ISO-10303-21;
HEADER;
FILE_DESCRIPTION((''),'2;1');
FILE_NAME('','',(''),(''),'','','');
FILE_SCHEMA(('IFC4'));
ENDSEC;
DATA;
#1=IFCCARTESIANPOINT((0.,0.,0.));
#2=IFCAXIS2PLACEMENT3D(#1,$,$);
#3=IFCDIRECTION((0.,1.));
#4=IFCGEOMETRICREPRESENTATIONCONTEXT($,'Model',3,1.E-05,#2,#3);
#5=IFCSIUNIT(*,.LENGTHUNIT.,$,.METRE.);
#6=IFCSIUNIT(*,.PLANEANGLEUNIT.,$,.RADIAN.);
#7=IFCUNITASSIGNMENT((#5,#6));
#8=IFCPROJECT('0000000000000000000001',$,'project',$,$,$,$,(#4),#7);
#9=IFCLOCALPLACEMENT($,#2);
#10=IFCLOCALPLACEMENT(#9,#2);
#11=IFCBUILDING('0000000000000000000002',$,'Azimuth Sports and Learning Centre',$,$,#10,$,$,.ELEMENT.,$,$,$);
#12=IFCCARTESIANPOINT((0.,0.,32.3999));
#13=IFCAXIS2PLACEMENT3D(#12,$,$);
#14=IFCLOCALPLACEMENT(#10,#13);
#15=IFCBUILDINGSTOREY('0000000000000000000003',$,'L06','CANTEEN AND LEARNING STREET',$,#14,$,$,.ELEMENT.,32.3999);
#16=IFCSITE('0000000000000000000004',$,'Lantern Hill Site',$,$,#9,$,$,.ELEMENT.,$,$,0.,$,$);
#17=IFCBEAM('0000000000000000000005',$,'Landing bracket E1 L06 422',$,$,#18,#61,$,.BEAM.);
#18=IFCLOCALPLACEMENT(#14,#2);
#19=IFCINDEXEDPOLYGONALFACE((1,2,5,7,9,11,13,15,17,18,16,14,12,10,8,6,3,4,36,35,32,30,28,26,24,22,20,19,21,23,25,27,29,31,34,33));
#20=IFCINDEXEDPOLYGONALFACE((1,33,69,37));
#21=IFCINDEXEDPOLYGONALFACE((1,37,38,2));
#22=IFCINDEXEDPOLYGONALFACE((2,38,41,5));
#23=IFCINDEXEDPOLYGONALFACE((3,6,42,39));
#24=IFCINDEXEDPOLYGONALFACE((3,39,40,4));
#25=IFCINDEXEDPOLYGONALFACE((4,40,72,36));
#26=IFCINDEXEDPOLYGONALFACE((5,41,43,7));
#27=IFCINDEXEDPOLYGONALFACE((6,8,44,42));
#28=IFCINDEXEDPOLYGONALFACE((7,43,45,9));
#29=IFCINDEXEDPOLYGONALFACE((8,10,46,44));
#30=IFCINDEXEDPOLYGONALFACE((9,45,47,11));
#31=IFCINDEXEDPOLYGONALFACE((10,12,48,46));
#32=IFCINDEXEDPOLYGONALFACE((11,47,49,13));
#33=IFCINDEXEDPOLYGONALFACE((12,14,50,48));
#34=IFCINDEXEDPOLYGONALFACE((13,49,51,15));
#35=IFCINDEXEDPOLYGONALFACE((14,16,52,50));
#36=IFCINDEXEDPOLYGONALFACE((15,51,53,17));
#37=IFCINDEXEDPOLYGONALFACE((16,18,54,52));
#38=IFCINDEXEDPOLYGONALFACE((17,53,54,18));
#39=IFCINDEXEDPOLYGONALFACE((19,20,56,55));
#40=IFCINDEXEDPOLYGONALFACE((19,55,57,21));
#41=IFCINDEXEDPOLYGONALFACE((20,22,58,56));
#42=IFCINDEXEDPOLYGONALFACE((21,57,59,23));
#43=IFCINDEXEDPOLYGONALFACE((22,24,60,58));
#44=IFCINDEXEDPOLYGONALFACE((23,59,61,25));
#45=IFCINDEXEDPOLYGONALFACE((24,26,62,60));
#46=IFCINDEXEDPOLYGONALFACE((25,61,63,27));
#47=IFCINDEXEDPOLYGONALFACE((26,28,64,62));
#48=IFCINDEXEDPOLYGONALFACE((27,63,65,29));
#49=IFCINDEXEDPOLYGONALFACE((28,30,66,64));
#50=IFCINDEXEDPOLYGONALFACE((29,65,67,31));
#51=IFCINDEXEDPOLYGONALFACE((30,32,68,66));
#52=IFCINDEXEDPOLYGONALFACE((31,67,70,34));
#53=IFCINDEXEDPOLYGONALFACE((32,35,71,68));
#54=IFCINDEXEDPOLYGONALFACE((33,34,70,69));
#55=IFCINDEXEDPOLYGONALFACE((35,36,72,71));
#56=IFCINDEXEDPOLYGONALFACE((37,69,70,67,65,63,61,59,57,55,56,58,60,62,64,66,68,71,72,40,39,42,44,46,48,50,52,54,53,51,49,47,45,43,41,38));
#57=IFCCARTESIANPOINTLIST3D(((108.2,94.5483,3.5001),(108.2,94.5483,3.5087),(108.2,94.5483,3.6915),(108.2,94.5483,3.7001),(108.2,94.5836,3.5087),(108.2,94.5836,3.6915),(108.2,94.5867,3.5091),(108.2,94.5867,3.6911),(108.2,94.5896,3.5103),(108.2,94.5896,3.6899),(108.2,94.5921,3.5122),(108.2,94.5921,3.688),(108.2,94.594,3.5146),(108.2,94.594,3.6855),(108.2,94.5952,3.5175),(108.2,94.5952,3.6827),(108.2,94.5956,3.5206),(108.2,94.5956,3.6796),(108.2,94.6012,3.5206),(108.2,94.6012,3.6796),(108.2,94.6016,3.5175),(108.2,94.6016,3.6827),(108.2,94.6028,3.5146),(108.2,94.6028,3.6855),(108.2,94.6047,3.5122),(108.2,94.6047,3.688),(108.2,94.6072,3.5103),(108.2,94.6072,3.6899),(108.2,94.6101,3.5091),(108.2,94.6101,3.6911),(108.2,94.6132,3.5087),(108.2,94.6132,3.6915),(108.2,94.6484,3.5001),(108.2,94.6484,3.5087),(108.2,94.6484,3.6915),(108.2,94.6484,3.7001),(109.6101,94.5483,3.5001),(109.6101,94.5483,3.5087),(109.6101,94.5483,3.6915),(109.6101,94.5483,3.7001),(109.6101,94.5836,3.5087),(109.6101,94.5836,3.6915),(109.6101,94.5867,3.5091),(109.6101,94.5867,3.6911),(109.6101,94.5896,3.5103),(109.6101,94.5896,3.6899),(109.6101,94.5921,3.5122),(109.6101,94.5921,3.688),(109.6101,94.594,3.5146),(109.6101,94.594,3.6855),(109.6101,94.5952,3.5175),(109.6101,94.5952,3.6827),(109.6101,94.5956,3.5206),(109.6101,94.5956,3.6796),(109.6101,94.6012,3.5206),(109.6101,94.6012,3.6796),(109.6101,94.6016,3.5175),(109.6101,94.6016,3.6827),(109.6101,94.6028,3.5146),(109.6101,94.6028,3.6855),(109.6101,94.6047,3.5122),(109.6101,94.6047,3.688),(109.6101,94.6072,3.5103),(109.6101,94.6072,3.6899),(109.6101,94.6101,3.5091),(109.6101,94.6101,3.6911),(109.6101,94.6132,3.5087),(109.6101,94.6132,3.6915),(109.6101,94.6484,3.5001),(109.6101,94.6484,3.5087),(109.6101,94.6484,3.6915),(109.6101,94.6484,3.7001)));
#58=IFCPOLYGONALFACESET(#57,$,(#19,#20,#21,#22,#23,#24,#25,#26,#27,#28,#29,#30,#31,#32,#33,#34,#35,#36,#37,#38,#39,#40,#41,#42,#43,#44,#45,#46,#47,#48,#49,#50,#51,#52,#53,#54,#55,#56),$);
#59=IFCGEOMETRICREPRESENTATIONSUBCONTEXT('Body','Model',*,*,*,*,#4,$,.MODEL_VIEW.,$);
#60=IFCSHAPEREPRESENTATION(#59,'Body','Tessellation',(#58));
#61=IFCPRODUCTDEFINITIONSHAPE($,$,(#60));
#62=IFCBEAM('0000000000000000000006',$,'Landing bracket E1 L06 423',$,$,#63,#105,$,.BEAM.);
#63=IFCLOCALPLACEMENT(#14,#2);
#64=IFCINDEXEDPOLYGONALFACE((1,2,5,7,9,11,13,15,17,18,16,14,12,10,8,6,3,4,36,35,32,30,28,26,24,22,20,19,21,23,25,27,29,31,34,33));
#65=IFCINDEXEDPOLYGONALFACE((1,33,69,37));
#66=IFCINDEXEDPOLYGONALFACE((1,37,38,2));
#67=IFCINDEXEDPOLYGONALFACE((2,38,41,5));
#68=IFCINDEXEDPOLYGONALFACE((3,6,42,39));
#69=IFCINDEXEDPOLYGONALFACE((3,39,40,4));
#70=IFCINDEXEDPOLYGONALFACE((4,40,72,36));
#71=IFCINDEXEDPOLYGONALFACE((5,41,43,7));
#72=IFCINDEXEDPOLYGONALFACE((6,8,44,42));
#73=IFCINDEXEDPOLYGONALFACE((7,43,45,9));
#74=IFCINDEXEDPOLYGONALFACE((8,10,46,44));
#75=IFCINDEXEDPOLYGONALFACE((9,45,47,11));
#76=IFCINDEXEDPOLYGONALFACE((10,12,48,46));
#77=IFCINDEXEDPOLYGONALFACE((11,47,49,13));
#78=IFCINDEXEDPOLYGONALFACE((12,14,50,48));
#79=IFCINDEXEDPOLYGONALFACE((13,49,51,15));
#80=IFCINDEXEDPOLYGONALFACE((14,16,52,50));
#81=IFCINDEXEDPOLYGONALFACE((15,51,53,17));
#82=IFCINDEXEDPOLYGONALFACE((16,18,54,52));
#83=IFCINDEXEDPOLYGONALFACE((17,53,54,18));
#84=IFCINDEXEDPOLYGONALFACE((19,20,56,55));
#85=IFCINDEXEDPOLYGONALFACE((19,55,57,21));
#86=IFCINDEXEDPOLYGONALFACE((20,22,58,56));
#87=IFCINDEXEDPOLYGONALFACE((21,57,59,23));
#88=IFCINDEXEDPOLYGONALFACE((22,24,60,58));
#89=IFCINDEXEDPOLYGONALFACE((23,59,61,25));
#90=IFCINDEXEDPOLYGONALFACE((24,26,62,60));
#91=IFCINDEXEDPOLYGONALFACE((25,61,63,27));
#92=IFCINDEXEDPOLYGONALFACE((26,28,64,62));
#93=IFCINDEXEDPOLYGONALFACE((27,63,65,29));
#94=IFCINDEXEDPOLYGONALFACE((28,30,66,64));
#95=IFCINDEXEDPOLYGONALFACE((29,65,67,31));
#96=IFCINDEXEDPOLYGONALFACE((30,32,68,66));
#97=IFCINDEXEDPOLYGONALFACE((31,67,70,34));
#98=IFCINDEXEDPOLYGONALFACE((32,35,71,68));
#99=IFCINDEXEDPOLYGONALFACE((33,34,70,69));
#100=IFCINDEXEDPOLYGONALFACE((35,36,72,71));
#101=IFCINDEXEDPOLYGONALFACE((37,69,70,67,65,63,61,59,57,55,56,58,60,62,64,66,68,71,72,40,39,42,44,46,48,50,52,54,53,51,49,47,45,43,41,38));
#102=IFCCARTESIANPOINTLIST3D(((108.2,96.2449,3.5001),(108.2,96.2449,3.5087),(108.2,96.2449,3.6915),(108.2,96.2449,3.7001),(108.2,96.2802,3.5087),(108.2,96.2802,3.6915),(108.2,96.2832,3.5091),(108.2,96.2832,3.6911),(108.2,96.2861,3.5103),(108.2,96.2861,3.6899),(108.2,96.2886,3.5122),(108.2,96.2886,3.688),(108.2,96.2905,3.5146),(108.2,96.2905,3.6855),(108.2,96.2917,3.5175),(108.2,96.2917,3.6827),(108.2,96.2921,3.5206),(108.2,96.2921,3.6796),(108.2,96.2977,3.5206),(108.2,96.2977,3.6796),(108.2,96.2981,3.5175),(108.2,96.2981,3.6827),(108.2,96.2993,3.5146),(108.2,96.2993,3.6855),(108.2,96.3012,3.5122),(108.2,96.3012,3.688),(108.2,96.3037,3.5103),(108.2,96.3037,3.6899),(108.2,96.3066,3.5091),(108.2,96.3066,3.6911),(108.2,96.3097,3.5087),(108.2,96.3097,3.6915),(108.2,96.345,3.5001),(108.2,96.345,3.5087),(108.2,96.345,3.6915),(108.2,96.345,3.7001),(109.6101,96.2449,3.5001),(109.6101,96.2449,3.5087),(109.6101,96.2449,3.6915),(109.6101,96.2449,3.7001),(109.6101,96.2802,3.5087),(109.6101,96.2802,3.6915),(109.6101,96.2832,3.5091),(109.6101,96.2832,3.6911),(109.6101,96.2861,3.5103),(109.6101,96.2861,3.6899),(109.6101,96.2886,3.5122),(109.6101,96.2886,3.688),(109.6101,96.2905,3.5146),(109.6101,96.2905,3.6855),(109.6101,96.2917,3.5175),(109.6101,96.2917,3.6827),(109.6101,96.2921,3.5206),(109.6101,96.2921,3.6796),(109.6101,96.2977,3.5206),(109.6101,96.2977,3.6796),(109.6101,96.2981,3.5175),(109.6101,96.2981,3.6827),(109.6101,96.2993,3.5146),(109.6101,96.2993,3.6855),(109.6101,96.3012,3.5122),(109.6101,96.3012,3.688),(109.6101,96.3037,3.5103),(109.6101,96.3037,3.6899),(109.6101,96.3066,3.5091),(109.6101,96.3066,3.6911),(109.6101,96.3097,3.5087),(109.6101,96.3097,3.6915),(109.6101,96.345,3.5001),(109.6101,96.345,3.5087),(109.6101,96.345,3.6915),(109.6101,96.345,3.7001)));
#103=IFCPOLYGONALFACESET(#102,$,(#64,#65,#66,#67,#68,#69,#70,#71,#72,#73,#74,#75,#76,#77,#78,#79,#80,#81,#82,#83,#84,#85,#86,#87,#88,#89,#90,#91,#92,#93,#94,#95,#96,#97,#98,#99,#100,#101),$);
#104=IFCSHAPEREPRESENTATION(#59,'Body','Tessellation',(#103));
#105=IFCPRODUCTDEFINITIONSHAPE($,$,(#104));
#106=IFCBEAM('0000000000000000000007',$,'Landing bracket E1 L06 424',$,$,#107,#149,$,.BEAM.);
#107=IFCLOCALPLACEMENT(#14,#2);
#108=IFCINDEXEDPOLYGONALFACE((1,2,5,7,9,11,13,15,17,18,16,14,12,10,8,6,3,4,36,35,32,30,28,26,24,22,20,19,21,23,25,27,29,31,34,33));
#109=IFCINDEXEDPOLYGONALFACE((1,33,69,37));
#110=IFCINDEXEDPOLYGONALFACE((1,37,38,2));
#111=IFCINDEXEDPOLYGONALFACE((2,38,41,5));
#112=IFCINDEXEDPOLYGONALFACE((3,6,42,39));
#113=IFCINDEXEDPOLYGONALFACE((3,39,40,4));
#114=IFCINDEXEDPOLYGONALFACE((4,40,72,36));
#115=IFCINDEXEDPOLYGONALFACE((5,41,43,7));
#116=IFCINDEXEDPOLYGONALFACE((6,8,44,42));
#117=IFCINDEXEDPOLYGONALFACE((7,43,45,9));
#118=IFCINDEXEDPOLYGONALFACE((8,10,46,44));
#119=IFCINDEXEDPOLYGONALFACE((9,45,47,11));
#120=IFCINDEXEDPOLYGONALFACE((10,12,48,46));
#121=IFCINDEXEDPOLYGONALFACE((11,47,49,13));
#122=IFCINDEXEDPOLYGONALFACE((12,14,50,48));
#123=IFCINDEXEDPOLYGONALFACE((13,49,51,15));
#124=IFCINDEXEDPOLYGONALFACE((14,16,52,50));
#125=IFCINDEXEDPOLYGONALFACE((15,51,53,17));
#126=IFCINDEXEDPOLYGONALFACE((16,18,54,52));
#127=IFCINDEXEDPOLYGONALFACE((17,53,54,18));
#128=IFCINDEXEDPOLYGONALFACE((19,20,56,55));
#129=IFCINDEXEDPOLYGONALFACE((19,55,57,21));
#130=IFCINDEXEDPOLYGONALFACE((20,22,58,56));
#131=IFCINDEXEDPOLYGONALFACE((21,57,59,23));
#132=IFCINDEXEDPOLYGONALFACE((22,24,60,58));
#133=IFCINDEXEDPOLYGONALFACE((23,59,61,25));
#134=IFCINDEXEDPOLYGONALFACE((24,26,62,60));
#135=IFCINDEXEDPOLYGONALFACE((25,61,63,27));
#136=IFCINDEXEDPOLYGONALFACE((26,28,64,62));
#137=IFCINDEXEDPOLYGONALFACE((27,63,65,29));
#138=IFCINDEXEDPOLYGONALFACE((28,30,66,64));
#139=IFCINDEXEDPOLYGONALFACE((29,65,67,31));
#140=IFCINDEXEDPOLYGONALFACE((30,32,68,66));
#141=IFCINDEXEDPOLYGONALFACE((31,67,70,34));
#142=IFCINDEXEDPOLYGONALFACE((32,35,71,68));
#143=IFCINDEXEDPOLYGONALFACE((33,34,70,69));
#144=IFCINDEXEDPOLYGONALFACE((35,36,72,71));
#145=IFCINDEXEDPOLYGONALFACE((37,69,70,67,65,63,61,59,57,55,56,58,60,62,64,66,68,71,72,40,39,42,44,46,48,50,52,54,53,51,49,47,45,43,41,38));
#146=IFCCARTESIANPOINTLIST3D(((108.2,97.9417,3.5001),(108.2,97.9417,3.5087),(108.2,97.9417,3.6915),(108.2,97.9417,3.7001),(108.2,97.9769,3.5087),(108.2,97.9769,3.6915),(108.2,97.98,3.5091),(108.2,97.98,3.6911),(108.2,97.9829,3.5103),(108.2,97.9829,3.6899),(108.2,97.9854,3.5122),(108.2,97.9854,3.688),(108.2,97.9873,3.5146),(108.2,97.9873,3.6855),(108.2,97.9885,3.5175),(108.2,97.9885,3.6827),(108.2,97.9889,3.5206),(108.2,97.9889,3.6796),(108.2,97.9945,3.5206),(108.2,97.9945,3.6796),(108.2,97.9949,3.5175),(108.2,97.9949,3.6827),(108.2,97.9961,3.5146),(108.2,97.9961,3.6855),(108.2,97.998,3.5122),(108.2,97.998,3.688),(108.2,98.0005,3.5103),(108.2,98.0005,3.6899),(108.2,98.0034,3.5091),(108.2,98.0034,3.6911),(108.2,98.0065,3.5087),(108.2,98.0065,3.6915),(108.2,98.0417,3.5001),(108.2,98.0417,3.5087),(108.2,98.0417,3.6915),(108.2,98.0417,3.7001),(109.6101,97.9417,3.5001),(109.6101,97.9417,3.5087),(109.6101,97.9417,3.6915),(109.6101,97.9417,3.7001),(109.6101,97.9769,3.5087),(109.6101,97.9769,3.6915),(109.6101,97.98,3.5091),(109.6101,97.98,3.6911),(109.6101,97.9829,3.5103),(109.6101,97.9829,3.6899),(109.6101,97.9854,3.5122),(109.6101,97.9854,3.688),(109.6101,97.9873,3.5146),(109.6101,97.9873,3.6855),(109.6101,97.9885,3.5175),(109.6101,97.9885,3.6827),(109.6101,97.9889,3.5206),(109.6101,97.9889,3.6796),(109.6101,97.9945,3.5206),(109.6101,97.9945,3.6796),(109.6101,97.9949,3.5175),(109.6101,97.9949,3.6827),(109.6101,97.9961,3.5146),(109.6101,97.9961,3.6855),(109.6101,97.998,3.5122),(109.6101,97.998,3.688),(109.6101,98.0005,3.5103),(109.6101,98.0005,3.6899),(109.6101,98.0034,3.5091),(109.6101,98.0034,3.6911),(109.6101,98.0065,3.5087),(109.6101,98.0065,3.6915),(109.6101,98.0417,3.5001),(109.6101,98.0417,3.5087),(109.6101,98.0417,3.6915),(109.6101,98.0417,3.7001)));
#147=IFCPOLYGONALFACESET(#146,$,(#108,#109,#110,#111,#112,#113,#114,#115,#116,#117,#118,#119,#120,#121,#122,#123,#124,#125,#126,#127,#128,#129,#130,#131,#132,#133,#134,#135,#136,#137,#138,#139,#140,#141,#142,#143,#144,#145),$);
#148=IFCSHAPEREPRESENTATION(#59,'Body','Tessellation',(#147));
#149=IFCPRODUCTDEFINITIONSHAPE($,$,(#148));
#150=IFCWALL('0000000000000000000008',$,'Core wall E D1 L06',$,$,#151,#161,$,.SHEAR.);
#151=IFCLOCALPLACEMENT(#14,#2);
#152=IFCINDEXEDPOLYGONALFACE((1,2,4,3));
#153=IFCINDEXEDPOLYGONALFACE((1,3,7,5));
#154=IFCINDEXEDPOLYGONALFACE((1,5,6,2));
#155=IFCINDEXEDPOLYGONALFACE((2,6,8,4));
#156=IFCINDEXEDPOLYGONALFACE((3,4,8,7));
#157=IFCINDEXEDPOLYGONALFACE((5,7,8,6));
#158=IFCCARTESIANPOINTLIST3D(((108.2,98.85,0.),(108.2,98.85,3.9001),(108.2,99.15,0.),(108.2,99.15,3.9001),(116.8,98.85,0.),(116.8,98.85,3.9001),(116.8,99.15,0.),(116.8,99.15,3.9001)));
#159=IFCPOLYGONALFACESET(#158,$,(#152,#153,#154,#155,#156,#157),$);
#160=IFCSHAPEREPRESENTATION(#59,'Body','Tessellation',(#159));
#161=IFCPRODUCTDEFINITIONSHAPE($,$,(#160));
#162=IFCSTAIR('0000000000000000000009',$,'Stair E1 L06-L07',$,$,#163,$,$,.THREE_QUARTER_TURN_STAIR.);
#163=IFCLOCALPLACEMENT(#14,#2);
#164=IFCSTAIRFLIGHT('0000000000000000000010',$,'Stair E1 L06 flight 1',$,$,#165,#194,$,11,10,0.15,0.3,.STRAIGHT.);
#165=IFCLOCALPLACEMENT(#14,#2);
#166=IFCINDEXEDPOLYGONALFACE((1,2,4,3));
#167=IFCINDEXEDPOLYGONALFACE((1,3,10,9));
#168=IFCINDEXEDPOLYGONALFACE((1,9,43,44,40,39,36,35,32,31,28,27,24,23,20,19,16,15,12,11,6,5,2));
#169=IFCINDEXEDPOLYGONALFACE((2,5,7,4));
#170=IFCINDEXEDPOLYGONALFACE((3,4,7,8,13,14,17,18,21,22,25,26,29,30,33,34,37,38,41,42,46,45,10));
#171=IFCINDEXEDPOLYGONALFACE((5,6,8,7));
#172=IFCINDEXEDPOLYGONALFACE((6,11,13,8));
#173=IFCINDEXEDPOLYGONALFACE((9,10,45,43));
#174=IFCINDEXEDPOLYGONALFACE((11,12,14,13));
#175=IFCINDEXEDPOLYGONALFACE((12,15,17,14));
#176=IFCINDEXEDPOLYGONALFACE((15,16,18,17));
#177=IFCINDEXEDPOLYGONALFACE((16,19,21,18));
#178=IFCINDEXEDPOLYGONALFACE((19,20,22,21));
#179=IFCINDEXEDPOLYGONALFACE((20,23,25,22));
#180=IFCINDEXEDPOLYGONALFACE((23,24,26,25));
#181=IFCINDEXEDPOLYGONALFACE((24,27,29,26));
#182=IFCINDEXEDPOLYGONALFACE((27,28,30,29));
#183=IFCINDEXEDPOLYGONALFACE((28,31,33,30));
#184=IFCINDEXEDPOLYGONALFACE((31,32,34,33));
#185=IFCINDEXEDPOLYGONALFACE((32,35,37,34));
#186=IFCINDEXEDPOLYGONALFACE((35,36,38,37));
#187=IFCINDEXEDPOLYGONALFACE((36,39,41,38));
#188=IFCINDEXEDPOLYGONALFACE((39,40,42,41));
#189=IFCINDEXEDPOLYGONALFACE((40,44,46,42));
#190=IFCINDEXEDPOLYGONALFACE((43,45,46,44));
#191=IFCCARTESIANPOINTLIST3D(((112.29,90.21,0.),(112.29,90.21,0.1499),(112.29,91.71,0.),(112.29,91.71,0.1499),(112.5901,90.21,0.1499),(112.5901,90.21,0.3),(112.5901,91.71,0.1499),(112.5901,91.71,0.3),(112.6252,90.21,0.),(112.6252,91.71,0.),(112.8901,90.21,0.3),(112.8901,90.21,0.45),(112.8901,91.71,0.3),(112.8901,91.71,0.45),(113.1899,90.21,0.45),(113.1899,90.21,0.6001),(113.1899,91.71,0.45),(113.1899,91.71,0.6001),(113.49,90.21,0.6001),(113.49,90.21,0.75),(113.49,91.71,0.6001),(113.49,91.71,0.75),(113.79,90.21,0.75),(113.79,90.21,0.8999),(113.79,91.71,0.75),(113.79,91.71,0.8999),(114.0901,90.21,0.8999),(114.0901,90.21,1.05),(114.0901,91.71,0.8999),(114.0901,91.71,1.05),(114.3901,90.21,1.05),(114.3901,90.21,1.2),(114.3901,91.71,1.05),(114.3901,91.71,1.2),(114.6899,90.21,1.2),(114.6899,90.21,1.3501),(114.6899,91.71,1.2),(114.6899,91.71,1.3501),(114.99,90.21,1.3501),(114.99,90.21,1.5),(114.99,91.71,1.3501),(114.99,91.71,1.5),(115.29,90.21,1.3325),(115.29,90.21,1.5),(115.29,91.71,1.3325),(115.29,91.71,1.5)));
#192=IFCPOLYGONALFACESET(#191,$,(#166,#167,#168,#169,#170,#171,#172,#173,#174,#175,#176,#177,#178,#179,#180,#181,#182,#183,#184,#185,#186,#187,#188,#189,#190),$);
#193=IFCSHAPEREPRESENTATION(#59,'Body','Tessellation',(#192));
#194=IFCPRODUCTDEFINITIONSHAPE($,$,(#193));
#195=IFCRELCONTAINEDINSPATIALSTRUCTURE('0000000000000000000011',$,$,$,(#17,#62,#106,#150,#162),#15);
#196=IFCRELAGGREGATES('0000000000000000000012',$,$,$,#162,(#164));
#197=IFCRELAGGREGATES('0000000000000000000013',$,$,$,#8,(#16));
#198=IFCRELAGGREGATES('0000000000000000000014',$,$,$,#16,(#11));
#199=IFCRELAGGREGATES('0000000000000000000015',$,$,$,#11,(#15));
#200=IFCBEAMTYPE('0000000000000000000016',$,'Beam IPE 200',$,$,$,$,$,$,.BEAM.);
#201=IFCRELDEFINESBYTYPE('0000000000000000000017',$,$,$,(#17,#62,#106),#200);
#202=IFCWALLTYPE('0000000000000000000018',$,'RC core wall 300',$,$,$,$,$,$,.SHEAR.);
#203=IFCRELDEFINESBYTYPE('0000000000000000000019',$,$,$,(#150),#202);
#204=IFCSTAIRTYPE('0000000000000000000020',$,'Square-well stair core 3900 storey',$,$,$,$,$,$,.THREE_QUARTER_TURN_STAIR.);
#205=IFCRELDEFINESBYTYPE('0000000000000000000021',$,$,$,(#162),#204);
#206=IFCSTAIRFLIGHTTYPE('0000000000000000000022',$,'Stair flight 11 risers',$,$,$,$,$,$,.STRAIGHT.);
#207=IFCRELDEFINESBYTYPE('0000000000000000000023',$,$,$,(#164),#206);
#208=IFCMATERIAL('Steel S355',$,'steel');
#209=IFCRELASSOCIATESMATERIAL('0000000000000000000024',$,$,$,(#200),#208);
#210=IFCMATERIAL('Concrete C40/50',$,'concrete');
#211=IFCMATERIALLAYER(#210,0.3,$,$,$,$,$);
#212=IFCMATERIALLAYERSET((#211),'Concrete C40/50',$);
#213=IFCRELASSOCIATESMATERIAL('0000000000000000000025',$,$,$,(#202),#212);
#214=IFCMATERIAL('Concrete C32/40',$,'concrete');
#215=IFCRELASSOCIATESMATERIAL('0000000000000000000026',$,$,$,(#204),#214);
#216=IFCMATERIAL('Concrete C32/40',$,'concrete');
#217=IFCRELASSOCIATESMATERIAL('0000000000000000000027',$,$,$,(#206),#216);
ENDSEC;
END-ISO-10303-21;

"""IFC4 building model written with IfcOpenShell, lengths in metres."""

from ifc_helpers import new_model, si_unit, direction, frame, frame_2d, origin, origin_2d, place, context, subcontext, project, spatial, polyline, rectangle, i_section, outline, extrude, material, layer, layer_set, material_profile, profile_set, type_object, element, aggregate, save


model = new_model("IFC4")

# Units and contexts
model_context = context("Model", 3, precision=1e-05, world=origin(), true_north=direction((0.0, 1.0)))
body_context = subcontext(model_context, "Body", "Model", "MODEL_VIEW")
ifc_project = project(units=[si_unit("LENGTHUNIT", "METRE"), si_unit("PLANEANGLEUNIT", "RADIAN")], contexts=[model_context])

# Site, building, storey
site_placement = place(None, origin())
site = spatial("IfcSite", under=ifc_project, at=site_placement, Name="Lantern Hill Site", CompositionType="ELEMENT", RefElevation=0.0)
building_placement = place(site_placement, origin())
building = spatial("IfcBuilding", under=site, at=building_placement, Name="Azimuth Sports and Learning Centre", CompositionType="ELEMENT")
storey_placement = place(building_placement, frame((0.0, 0.0, 32.3999)))
storey = spatial("IfcBuildingStorey", under=building, at=storey_placement, Name="L06", Description="CANTEEN AND LEARNING STREET", CompositionType="ELEMENT", Elevation=32.3999)

# Beams
ifc_material_1 = material(Name="Steel S355", Category="steel")
ifc_material_profile = material_profile(ifc_material_1, i_section(OverallWidth=0.1001, OverallDepth=0.2, WebThickness=0.0056, FlangeThickness=0.0085, FilletRadius=0.012, at=origin_2d()), Name="IPE 200")
ifc_profile_set = profile_set([ifc_material_profile], Name="Steel S355")
beam_type = type_object("IfcBeamType", Name="Beam IPE 200", PredefinedType="BEAM", material=ifc_profile_set)
for number, where, z_axis, x_axis, name in (
    (1, (108.2, 94.5984, 3.6001), (1.0, 0.0, 0.0), (0.0, 1.0, 0.0), "Landing bracket E1 L06 422"),
    (2, (108.2, 96.2949, 3.6001), (1.0, 0.0, 0.0), (0.0, 1.0, 0.0), "Landing bracket E1 L06 423"),
    (3, (108.2, 97.9917, 3.6001), (1.0, 0.0, 0.0), (0.0, 1.0, 0.0), "Landing bracket E1 L06 424"),
):
    element("IfcBeam", number, at=place(storey_placement, frame(where, z_axis=z_axis, x_axis=x_axis)), inside=storey, type_object=beam_type, Name=name, PredefinedType="BEAM", context=body_context, shape_type="SweptSolid", body=[
        extrude(i_section(OverallWidth=0.1001, OverallDepth=0.2, WebThickness=0.0056, FlangeThickness=0.0085, FilletRadius=0.012, at=origin_2d()), origin(), (0.0, 0.0, 1.0), 1.4102),
    ])

# Wall
ifc_material_2 = material(Name="Concrete C40/50", Category="concrete")
ifc_layer_1 = layer(ifc_material_2, 0.3)
ifc_layer_set_1 = layer_set([ifc_layer_1], Name="Concrete C40/50")
wall_type = type_object("IfcWallType", Name="RC core wall 300", PredefinedType="SHEAR", material=ifc_layer_set_1)
wall_placement = place(storey_placement, frame((108.2, 99.0, 0.0), z_axis=(0.0, 0.0, 1.0), x_axis=(1.0, 0.0, 0.0)))
element("IfcWall", 4, at=wall_placement, inside=storey, type_object=wall_type, Name="Core wall E D1 L06", PredefinedType="SHEAR", context=body_context, shape_type="SweptSolid", body=[
    extrude(rectangle(XDim=8.6001, YDim=0.3, at=frame_2d((4.3, 0.0))), origin(), (0.0, 0.0, 1.0), 3.9001),
])

# Stair, stair flight
ifc_material_3 = material(Name="Concrete C32/40", Category="concrete")
stair_type = type_object("IfcStairType", Name="Square-well stair core 3900 storey", PredefinedType="THREE_QUARTER_TURN_STAIR", material=ifc_material_3)
stair_placement = place(storey_placement, origin())
stair = element("IfcStair", 5, at=stair_placement, inside=storey, type_object=stair_type, Name="Stair E1 L06-L07", PredefinedType="THREE_QUARTER_TURN_STAIR")
ifc_material_4 = material(Name="Concrete C32/40", Category="concrete")
stair_flight_type_1 = type_object("IfcStairFlightType", Name="Stair flight 11 risers", PredefinedType="STRAIGHT", material=ifc_material_4)
stair_flight_1_placement = place(storey_placement, frame((112.29, 90.96, 0.0), z_axis=(0.0, 0.0, 1.0), x_axis=(1.0, 0.0, 0.0)))
stair_flight_1 = element("IfcStairFlight", 6, at=stair_flight_1_placement, type_object=stair_flight_type_1, Name="Stair E1 L06 flight 1", NumberOfRisers=11, NumberOfTreads=10, PredefinedType="STRAIGHT", RiserHeight=0.15, TreadLength=0.3, context=body_context, shape_type="SweptSolid", body=[
    extrude(outline(polyline([(0.0, 0.0), (0.0, 0.1499), (0.3, 0.1499), (0.3, 0.3), (0.6001, 0.3), (0.6001, 0.45), (0.8999, 0.45), (0.8999, 0.6001), (1.2, 0.6001), (1.2, 0.75), (1.5, 0.75), (1.5, 0.8999), (1.8, 0.8999), (1.8, 1.05), (2.1001, 1.05), (2.1001, 1.2), (2.3999, 1.2), (2.3999, 1.3501), (2.7, 1.3501), (2.7, 1.5), (3.0, 1.5), (3.0, 1.6499), (3.0, 1.3325), (0.3352, 0.0), (0.0, 0.0)])), frame((0.0, 0.75, 0.0), z_axis=(0.0, -1.0, 0.0), x_axis=(1.0, 0.0, 0.0)), (0.0, 0.0, 1.0), 1.5),
])
aggregate(stair, [stair_flight_1])

save(model, "model.ifc")
